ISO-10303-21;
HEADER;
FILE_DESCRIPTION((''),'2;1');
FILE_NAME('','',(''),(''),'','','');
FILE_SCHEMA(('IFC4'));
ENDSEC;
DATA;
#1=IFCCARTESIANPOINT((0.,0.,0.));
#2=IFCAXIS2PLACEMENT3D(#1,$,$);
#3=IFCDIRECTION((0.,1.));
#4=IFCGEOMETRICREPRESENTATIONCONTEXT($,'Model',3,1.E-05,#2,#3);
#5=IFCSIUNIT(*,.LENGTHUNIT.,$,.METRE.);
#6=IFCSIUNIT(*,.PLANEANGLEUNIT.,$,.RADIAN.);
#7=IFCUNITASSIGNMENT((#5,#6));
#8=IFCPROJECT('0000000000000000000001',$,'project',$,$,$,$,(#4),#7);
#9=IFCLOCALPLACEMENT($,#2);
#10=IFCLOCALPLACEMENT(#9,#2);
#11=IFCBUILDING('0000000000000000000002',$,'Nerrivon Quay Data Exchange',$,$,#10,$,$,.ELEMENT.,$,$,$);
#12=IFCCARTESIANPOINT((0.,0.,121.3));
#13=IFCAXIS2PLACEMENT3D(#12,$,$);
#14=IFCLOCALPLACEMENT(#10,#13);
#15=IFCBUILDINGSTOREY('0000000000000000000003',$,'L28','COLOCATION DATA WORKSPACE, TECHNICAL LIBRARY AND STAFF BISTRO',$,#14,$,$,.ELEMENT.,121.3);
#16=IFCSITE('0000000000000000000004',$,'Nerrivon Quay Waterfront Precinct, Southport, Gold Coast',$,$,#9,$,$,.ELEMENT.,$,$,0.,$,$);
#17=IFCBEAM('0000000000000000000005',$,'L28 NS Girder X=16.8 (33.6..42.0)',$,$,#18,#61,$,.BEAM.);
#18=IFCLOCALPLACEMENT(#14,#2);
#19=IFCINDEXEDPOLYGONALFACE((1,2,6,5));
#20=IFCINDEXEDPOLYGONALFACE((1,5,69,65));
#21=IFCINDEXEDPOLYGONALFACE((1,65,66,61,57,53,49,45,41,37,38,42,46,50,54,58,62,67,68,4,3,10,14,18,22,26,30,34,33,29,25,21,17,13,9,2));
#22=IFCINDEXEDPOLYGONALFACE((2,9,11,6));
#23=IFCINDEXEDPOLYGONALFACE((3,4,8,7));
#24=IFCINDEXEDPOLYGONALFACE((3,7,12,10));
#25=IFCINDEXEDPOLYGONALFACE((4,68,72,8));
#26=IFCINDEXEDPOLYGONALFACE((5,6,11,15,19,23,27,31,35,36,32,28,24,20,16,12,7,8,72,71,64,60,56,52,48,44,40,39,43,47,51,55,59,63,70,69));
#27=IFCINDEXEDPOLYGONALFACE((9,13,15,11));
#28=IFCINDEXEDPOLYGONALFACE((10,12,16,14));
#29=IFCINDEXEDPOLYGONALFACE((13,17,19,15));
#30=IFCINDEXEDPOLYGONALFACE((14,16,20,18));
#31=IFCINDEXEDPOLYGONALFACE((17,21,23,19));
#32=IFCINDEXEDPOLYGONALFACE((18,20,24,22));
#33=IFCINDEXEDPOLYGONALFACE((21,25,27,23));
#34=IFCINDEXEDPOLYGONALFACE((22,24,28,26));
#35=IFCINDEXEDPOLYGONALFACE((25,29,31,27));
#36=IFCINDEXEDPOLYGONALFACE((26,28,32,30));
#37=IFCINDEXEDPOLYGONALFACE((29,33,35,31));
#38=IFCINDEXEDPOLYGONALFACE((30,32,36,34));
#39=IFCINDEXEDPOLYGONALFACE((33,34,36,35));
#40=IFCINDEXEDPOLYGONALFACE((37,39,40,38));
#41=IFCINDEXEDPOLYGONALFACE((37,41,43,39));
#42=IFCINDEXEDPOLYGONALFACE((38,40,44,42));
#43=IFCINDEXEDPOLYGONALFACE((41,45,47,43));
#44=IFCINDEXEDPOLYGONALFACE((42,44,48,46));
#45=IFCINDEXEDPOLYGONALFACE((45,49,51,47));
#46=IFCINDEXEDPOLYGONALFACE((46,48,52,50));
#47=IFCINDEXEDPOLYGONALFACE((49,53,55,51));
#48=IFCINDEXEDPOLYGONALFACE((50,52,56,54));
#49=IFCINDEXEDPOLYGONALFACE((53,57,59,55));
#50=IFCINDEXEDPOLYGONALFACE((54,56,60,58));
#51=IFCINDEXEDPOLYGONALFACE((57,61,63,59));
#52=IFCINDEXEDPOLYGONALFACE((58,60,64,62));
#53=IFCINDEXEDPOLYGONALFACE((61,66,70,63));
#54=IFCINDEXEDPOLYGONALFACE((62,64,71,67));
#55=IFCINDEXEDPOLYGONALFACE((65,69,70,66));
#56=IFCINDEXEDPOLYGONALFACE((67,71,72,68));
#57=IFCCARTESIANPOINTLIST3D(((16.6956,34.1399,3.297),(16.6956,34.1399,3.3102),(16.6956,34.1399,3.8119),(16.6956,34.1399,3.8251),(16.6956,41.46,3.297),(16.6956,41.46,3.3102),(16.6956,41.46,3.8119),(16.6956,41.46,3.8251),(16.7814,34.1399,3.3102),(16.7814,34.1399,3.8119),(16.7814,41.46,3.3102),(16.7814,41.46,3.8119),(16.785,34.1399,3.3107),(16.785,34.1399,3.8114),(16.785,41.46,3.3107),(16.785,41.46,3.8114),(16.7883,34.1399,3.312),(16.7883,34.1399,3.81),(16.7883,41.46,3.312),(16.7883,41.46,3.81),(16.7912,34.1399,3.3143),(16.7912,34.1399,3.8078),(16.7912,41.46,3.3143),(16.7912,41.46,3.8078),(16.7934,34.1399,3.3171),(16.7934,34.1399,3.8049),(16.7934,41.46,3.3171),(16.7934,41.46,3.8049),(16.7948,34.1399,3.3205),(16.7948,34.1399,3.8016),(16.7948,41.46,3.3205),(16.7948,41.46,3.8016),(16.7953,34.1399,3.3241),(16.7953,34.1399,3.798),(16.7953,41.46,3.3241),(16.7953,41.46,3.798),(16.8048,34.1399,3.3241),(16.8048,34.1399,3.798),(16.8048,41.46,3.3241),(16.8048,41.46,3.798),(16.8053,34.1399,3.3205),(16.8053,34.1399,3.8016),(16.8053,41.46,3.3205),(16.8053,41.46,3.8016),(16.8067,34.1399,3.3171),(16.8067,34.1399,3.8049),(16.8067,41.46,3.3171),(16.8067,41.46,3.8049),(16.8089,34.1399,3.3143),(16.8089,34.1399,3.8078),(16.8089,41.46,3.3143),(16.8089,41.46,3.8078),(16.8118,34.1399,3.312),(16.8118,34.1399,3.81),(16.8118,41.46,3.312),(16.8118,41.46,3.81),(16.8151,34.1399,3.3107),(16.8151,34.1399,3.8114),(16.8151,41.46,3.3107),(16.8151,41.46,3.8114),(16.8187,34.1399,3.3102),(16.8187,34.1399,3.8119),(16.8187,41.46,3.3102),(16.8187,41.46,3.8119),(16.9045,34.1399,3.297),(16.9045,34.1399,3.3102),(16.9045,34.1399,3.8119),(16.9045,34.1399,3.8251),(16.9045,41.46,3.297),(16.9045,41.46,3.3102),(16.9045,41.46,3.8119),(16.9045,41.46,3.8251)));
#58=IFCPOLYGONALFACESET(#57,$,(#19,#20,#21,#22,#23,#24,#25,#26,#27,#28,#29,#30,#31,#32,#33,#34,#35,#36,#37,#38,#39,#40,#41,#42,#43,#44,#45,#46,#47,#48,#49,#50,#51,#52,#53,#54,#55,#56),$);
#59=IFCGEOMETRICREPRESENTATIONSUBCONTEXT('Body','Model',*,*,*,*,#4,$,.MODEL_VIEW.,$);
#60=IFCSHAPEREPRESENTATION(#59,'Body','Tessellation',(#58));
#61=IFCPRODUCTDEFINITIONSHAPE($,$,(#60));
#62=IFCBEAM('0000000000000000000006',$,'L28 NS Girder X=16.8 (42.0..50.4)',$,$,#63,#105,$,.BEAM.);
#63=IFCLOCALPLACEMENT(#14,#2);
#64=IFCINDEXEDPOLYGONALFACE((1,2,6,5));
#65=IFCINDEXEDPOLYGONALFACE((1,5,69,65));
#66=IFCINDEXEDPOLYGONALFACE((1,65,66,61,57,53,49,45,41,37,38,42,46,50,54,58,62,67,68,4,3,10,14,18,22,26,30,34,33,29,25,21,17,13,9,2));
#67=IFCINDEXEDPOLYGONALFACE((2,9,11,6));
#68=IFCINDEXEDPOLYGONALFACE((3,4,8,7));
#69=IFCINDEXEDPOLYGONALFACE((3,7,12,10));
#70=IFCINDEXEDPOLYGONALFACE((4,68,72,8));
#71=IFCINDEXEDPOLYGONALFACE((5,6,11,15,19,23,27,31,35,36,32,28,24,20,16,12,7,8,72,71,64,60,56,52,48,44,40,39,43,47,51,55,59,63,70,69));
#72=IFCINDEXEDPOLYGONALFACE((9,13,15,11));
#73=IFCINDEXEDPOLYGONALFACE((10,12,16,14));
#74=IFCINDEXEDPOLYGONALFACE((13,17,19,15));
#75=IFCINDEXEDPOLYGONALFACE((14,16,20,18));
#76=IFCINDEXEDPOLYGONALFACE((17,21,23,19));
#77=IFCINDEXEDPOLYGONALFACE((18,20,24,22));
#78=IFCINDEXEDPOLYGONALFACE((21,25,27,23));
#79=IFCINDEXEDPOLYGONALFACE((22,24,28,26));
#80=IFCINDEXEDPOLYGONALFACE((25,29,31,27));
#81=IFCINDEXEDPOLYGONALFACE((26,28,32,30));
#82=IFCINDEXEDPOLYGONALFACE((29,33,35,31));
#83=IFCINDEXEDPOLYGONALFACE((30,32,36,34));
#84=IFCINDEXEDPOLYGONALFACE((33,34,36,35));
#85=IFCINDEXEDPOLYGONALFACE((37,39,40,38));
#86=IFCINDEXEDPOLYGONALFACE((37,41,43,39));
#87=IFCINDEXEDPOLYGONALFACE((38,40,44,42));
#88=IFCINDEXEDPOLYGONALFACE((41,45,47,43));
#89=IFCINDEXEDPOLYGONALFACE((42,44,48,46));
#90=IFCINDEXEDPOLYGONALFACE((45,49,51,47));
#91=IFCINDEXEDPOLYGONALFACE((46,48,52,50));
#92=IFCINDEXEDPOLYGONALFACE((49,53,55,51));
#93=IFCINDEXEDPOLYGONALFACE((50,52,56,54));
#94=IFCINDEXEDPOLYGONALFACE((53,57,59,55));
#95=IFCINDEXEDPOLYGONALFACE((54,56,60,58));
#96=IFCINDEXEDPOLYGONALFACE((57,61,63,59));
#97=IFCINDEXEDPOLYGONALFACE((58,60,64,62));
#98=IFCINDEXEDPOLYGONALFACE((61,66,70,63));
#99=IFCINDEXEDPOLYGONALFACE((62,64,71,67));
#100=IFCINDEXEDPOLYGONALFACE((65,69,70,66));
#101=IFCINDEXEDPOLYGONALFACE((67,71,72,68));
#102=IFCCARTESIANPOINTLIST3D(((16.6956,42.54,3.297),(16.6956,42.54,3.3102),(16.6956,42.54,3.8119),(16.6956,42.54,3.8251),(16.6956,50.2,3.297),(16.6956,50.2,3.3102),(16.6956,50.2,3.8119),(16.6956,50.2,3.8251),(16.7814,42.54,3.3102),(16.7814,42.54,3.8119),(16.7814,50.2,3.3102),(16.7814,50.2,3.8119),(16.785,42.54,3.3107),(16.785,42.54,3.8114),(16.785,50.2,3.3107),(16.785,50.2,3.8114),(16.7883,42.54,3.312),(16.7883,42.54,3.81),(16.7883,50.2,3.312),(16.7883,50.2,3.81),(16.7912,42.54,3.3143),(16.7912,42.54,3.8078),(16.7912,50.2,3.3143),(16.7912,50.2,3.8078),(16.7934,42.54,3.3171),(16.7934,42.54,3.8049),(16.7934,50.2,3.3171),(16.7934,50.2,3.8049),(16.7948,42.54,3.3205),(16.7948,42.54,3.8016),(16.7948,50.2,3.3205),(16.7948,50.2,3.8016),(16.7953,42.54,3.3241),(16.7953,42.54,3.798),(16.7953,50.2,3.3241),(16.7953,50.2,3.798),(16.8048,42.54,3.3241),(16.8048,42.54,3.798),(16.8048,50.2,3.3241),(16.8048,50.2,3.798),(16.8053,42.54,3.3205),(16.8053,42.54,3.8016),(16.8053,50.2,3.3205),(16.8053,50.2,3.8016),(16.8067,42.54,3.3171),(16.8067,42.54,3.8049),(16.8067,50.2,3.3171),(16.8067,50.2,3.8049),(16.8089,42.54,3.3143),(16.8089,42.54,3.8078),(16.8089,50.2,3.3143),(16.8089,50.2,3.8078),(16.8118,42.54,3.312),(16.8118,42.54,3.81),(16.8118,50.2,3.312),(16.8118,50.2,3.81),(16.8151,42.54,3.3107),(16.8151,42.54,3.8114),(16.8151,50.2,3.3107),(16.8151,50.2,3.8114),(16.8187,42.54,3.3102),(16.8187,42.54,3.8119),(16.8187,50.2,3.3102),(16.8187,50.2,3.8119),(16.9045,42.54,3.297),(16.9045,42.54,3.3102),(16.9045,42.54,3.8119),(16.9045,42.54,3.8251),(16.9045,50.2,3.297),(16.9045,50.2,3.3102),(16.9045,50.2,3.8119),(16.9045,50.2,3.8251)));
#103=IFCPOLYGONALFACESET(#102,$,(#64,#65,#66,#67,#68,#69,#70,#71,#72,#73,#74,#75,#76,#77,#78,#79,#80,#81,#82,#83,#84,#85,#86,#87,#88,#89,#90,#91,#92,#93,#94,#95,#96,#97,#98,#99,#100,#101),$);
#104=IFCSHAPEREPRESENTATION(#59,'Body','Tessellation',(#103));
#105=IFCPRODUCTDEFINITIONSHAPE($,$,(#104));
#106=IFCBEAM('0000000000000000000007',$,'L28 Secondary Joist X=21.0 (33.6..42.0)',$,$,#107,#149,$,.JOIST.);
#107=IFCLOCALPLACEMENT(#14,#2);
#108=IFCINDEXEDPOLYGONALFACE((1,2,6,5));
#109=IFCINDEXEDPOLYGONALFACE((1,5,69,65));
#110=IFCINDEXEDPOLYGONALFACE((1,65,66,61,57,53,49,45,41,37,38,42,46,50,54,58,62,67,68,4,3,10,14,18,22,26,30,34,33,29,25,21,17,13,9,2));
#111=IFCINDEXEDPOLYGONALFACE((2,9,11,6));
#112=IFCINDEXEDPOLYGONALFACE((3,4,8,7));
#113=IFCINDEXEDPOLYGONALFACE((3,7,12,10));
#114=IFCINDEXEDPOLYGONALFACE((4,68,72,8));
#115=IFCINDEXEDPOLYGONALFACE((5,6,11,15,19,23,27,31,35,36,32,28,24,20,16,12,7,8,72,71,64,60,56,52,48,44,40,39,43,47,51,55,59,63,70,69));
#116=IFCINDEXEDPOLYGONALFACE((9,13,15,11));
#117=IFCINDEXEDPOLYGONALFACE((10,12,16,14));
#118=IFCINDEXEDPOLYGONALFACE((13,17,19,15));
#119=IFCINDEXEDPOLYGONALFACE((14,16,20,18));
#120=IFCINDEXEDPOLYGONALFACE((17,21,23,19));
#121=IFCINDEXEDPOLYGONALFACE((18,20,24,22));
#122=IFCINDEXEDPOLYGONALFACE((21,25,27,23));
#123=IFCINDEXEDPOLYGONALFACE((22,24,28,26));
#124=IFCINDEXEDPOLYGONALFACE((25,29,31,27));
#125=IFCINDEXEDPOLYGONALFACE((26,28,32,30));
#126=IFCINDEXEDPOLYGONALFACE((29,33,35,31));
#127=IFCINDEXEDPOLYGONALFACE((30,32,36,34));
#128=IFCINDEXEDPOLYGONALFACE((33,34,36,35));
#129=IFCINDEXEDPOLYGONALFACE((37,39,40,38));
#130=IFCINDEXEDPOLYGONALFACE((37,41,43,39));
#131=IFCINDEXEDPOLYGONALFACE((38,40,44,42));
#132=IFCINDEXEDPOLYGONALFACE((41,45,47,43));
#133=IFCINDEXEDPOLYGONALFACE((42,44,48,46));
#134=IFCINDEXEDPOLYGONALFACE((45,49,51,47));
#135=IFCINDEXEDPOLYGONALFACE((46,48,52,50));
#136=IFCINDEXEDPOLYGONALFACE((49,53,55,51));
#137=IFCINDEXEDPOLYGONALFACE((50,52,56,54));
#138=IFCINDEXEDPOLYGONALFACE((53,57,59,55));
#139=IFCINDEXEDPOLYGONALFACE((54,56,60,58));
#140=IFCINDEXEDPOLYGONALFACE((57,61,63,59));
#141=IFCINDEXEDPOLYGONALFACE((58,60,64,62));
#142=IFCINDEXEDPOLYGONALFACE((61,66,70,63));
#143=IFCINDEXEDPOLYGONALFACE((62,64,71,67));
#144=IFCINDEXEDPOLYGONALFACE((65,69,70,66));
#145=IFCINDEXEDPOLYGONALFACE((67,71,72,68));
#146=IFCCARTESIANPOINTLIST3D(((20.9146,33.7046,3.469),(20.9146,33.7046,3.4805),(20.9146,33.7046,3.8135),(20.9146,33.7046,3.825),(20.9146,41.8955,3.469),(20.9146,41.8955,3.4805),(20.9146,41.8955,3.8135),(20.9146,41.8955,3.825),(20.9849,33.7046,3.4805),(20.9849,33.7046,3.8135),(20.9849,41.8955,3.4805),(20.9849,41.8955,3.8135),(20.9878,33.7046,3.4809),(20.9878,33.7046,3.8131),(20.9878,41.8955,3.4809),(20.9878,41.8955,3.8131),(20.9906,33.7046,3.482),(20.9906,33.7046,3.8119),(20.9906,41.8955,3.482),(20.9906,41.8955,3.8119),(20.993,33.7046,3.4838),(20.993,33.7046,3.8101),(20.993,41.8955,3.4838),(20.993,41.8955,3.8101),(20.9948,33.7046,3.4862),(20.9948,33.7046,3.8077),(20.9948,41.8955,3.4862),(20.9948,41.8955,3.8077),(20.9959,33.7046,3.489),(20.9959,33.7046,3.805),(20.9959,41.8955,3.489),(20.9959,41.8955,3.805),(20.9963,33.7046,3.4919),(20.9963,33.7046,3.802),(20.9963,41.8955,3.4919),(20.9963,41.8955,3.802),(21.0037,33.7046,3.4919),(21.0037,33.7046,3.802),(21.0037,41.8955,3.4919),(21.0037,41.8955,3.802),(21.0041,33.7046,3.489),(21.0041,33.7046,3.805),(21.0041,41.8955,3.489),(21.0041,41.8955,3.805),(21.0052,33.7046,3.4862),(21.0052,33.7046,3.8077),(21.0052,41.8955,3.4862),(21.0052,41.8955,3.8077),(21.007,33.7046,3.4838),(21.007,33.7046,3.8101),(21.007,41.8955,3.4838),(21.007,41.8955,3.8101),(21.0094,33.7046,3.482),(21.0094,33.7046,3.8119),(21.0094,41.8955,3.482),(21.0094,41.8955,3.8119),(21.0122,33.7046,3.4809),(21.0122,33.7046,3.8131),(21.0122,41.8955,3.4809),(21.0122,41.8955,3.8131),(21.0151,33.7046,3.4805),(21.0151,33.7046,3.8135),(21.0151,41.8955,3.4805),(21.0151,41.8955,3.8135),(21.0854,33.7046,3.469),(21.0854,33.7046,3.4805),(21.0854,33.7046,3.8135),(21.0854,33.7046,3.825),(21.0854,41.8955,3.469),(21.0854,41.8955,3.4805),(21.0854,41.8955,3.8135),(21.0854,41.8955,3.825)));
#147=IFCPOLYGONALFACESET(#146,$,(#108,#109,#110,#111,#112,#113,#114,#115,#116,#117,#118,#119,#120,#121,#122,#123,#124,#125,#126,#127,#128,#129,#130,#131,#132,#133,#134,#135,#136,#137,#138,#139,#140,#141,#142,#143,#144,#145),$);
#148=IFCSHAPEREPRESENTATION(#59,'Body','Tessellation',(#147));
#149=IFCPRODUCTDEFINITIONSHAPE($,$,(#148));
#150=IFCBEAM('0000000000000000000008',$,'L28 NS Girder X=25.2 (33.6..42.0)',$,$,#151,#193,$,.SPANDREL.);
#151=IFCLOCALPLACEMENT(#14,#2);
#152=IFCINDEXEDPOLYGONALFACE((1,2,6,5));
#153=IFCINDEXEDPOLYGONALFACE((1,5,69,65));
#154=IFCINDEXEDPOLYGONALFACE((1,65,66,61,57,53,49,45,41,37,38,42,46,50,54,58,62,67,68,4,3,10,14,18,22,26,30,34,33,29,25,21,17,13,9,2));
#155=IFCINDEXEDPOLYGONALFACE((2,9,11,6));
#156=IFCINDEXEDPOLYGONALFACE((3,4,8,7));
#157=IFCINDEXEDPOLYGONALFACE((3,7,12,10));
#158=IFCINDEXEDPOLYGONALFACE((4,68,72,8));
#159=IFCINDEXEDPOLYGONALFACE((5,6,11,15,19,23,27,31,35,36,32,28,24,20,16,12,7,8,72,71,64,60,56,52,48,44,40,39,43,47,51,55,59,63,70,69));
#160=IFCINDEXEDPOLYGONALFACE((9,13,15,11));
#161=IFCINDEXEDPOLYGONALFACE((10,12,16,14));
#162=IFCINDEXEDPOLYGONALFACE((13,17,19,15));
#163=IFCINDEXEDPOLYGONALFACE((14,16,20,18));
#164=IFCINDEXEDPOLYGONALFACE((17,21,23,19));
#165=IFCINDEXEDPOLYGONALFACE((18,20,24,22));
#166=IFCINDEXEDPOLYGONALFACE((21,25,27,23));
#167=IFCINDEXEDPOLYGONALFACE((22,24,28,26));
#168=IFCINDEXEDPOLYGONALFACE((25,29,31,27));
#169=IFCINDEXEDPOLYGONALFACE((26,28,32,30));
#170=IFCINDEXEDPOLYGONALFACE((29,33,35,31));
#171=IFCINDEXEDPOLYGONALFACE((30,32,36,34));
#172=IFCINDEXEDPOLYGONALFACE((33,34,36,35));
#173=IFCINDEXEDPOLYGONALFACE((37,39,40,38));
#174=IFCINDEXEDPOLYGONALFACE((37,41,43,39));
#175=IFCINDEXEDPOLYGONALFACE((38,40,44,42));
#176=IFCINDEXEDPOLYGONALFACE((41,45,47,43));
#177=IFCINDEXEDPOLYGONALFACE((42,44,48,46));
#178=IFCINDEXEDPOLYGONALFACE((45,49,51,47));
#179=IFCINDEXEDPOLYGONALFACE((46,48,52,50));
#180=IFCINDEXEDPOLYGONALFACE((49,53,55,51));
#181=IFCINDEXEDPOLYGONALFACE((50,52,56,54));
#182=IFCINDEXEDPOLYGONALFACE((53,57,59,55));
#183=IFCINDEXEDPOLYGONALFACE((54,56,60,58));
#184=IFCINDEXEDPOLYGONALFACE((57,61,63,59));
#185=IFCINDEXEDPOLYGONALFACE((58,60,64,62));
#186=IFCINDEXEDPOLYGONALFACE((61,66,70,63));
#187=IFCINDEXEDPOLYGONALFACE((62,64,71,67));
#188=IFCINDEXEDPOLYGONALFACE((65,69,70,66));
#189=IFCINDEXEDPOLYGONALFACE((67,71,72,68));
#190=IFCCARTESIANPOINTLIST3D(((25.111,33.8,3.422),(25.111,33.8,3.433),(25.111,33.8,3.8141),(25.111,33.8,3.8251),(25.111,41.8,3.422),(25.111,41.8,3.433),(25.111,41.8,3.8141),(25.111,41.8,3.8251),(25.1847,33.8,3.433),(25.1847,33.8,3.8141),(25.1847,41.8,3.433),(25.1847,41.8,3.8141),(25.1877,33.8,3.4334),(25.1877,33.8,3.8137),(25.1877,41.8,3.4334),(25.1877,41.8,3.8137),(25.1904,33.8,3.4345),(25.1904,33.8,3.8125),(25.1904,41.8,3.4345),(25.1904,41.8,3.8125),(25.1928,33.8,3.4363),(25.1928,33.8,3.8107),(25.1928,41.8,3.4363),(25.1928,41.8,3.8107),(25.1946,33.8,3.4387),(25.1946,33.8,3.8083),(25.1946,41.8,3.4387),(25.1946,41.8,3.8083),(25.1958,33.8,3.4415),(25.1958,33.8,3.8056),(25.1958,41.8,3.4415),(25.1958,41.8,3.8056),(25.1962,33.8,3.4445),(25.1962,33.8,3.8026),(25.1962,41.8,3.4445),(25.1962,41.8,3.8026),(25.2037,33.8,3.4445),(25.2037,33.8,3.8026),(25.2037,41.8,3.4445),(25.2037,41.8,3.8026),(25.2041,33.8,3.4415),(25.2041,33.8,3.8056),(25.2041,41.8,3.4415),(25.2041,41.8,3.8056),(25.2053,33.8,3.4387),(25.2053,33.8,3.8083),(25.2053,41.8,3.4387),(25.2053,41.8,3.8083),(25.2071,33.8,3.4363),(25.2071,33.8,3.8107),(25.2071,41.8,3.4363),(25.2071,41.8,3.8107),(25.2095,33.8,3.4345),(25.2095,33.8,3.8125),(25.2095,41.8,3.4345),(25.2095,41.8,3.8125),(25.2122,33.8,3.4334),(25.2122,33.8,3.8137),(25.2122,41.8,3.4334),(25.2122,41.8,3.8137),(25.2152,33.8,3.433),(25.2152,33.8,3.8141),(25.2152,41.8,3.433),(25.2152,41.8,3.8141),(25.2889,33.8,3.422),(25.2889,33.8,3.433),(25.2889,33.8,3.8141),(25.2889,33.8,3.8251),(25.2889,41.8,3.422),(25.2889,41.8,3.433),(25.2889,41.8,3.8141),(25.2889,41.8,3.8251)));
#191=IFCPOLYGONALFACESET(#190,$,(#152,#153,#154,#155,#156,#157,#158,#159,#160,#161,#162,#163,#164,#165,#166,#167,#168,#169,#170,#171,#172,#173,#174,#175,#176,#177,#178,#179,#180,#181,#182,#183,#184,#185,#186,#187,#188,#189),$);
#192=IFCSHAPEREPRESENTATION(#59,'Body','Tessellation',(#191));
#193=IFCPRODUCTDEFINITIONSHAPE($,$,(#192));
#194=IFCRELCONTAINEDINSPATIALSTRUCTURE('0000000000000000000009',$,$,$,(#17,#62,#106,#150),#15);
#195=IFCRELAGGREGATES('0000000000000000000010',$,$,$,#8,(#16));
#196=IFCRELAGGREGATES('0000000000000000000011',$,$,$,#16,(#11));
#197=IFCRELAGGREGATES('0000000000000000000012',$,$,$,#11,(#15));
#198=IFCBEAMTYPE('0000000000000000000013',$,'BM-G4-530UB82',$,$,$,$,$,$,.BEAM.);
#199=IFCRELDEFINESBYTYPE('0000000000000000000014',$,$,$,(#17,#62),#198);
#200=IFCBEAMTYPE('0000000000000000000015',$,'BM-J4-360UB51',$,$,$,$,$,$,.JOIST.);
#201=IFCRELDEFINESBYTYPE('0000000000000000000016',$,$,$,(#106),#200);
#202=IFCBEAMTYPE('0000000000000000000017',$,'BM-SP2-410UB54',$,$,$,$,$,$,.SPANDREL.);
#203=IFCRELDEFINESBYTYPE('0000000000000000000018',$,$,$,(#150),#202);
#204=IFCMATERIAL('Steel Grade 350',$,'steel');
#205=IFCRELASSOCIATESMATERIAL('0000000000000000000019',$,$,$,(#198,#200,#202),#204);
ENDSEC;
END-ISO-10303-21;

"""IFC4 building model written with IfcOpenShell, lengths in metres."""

from ifc_helpers import new_model, si_unit, direction, frame, origin, origin_2d, place, context, subcontext, project, spatial, i_section, extrude, material, material_profile, profile_set, type_object, element, save


model = new_model("IFC4")

# Units and contexts
model_context = context("Model", 3, precision=1e-05, world=origin(), true_north=direction((0.0, 1.0)))
body_context = subcontext(model_context, "Body", "Model", "MODEL_VIEW")
ifc_project = project(units=[si_unit("LENGTHUNIT", "METRE"), si_unit("PLANEANGLEUNIT", "RADIAN")], contexts=[model_context])

# Site, building, storey
site_placement = place(None, origin())
site = spatial("IfcSite", under=ifc_project, at=site_placement, Name="Nerrivon Quay Waterfront Precinct, Southport, Gold Coast", CompositionType="ELEMENT", RefElevation=0.0)
building_placement = place(site_placement, origin())
building = spatial("IfcBuilding", under=site, at=building_placement, Name="Nerrivon Quay Data Exchange", CompositionType="ELEMENT")
storey_placement = place(building_placement, frame((0.0, 0.0, 121.3)))
storey = spatial("IfcBuildingStorey", under=building, at=storey_placement, Name="L28", Description="COLOCATION DATA WORKSPACE, TECHNICAL LIBRARY AND STAFF BISTRO", CompositionType="ELEMENT", Elevation=121.3)

# Shared definitions
ifc_material_1 = material(Name="Steel Grade 350", Category="steel")

# Beams
ifc_material_profile_1 = material_profile(ifc_material_1, i_section(OverallWidth=0.209, OverallDepth=0.5281, WebThickness=0.0095, FlangeThickness=0.0132, FilletRadius=0.0139, at=origin_2d()), Name="530UB82.0")
ifc_profile_set_1 = profile_set([ifc_material_profile_1], Name="Steel Grade 350")
beam_type_1 = type_object("IfcBeamType", Name="BM-G4-530UB82", PredefinedType="BEAM", material=ifc_profile_set_1)
beam_1_placement = place(storey_placement, frame((16.8, 34.1399, 3.561), z_axis=(0.0, 1.0, 0.0), x_axis=(-1.0, 0.0, 0.0)))
element("IfcBeam", 1, at=beam_1_placement, inside=storey, type_object=beam_type_1, Name="L28 NS Girder X=16.8 (33.6..42.0)", PredefinedType="BEAM", context=body_context, shape_type="SweptSolid", body=[
    extrude(i_section(OverallWidth=0.209, OverallDepth=0.5281, WebThickness=0.0095, FlangeThickness=0.0132, FilletRadius=0.0139, at=origin_2d()), origin(), (0.0, 0.0, 1.0), 7.3201),
])
beam_2_placement = place(storey_placement, frame((16.8, 42.54, 3.561), z_axis=(0.0, 1.0, 0.0), x_axis=(-1.0, 0.0, 0.0)))
element("IfcBeam", 2, at=beam_2_placement, inside=storey, type_object=beam_type_1, Name="L28 NS Girder X=16.8 (42.0..50.4)", PredefinedType="BEAM", context=body_context, shape_type="SweptSolid", body=[
    extrude(i_section(OverallWidth=0.209, OverallDepth=0.5281, WebThickness=0.0095, FlangeThickness=0.0132, FilletRadius=0.0139, at=origin_2d()), origin(), (0.0, 0.0, 1.0), 7.6599),
])
ifc_material_profile_2 = material_profile(ifc_material_1, i_section(OverallWidth=0.1709, OverallDepth=0.356, WebThickness=0.0073, FlangeThickness=0.0115, FilletRadius=0.0115, at=origin_2d()), Name="360UB50.7")
ifc_profile_set_2 = profile_set([ifc_material_profile_2], Name="Steel Grade 350")
beam_type_2 = type_object("IfcBeamType", Name="BM-J4-360UB51", PredefinedType="JOIST", material=ifc_profile_set_2)
beam_3_placement = place(storey_placement, frame((21.0, 33.7046, 3.647), z_axis=(0.0, 1.0, 0.0), x_axis=(-1.0, 0.0, 0.0)))
element("IfcBeam", 3, at=beam_3_placement, inside=storey, type_object=beam_type_2, Name="L28 Secondary Joist X=21.0 (33.6..42.0)", PredefinedType="JOIST", context=body_context, shape_type="SweptSolid", body=[
    extrude(i_section(OverallWidth=0.1709, OverallDepth=0.356, WebThickness=0.0073, FlangeThickness=0.0115, FilletRadius=0.0115, at=origin_2d()), origin(), (0.0, 0.0, 1.0), 8.1909),
])
ifc_material_profile_3 = material_profile(ifc_material_1, i_section(OverallWidth=0.178, OverallDepth=0.4031, WebThickness=0.0076, FlangeThickness=0.011, FilletRadius=0.0115, at=origin_2d()), Name="410UB53.7")
ifc_profile_set_3 = profile_set([ifc_material_profile_3], Name="Steel Grade 350")
beam_type_3 = type_object("IfcBeamType", Name="BM-SP2-410UB54", PredefinedType="SPANDREL", material=ifc_profile_set_3)
beam_4_placement = place(storey_placement, frame((25.2, 33.8, 3.6235), z_axis=(0.0, 1.0, 0.0), x_axis=(-1.0, 0.0, 0.0)))
element("IfcBeam", 4, at=beam_4_placement, inside=storey, type_object=beam_type_3, Name="L28 NS Girder X=25.2 (33.6..42.0)", PredefinedType="SPANDREL", context=body_context, shape_type="SweptSolid", body=[
    extrude(i_section(OverallWidth=0.178, OverallDepth=0.4031, WebThickness=0.0076, FlangeThickness=0.011, FilletRadius=0.0115, at=origin_2d()), origin(), (0.0, 0.0, 1.0), 8.0),
])

save(model, "model.ifc")
